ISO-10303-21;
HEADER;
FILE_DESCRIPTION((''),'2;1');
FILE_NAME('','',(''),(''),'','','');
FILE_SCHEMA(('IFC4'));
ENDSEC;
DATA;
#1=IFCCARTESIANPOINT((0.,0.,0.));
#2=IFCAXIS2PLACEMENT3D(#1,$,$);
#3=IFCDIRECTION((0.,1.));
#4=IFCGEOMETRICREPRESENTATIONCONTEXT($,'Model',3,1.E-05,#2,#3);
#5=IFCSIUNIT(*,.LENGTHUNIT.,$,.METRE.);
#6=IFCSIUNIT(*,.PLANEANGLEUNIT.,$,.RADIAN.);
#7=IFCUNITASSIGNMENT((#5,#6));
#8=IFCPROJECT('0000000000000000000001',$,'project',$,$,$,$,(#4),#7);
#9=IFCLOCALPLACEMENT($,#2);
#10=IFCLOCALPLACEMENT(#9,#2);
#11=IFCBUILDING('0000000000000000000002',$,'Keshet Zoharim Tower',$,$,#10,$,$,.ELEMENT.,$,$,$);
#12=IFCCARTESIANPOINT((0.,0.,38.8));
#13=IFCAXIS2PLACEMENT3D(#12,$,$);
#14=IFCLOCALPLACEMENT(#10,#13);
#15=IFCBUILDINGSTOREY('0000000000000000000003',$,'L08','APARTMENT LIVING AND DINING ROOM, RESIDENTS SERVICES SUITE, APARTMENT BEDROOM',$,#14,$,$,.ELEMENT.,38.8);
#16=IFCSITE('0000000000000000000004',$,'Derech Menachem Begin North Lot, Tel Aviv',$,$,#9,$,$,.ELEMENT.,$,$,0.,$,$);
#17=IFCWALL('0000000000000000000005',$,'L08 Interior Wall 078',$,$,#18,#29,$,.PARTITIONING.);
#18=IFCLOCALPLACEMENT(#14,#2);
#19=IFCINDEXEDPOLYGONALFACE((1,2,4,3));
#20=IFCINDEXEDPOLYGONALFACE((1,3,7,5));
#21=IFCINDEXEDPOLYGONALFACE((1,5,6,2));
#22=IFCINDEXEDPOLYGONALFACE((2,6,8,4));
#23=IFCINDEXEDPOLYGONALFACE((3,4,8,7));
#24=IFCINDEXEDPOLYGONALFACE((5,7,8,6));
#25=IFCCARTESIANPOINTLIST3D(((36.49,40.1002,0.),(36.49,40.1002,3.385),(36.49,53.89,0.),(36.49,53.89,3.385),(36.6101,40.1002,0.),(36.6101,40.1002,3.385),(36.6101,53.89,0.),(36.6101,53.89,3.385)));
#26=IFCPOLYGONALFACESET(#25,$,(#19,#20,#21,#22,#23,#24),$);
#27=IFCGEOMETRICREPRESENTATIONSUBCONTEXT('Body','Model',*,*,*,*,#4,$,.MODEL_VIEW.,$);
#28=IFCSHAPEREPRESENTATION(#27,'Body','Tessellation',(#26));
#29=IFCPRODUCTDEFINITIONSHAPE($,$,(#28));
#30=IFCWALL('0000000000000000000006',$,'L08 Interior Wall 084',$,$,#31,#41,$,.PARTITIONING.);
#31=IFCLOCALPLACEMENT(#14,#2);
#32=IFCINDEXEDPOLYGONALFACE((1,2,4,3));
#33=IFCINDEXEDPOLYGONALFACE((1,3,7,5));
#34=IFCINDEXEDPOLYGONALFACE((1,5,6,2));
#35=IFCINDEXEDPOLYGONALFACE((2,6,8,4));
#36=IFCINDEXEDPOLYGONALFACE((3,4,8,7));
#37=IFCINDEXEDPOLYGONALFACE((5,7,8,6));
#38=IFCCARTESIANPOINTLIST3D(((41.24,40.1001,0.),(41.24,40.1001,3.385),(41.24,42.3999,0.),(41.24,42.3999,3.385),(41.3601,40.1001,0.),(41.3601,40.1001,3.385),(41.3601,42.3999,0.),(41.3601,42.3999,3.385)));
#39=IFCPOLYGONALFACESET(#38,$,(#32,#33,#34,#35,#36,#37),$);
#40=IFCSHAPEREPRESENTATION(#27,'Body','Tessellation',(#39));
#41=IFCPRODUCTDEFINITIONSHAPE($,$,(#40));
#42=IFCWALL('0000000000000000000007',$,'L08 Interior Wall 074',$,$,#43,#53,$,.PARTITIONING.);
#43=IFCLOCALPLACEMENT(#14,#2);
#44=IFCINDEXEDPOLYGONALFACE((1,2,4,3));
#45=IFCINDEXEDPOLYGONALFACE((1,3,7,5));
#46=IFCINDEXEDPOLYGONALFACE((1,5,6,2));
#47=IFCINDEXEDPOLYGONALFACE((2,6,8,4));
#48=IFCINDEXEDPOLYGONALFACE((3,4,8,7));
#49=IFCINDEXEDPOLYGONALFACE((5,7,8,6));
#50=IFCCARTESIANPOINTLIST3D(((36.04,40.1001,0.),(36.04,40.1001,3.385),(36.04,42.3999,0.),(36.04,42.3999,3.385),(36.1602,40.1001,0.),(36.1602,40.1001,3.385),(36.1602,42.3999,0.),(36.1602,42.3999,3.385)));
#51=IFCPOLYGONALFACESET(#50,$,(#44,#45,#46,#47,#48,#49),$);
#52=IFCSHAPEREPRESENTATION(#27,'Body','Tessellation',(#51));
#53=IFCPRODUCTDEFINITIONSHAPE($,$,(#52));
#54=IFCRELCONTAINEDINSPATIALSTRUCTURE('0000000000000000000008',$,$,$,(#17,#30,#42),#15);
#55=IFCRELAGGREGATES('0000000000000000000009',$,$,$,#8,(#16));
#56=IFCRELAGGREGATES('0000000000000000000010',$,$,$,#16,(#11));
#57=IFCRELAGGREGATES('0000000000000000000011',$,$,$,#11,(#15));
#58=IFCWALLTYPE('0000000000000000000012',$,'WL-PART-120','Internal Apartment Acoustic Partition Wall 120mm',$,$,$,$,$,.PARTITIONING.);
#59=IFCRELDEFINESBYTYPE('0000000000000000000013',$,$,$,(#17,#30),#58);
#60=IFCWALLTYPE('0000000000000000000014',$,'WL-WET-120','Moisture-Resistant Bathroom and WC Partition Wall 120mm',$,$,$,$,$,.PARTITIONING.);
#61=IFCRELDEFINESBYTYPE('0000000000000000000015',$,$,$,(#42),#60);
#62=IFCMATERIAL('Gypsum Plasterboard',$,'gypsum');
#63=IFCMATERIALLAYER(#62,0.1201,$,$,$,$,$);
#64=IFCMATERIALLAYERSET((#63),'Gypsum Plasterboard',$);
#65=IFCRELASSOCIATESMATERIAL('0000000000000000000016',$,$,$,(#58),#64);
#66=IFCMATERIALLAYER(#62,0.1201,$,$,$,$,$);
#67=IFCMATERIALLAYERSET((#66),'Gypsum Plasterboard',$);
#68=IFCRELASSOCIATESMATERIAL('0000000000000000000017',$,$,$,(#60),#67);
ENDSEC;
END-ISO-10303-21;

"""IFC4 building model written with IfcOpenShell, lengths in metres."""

from ifc_helpers import new_model, si_unit, direction, frame, frame_2d, origin, place, context, subcontext, project, spatial, rectangle, extrude, material, layer, layer_set, type_object, element, save


model = new_model("IFC4")

# Units and contexts
model_context = context("Model", 3, precision=1e-05, world=origin(), true_north=direction((0.0, 1.0)))
body_context = subcontext(model_context, "Body", "Model", "MODEL_VIEW")
ifc_project = project(units=[si_unit("LENGTHUNIT", "METRE"), si_unit("PLANEANGLEUNIT", "RADIAN")], contexts=[model_context])

# Site, building, storey
site_placement = place(None, origin())
site = spatial("IfcSite", under=ifc_project, at=site_placement, Name="Derech Menachem Begin North Lot, Tel Aviv", CompositionType="ELEMENT", RefElevation=0.0)
building_placement = place(site_placement, origin())
building = spatial("IfcBuilding", under=site, at=building_placement, Name="Keshet Zoharim Tower", CompositionType="ELEMENT")
storey_placement = place(building_placement, frame((0.0, 0.0, 38.8)))
storey = spatial("IfcBuildingStorey", under=building, at=storey_placement, Name="L08", Description="APARTMENT LIVING AND DINING ROOM, RESIDENTS SERVICES SUITE, APARTMENT BEDROOM", CompositionType="ELEMENT", Elevation=38.8)

# Shared definitions
ifc_material_1 = material(Name="Gypsum Plasterboard", Category="gypsum")

# Walls
ifc_layer_1 = layer(ifc_material_1, 0.1201)
ifc_layer_set_1 = layer_set([ifc_layer_1], Name="Gypsum Plasterboard")
wall_type_1 = type_object("IfcWallType", Name="WL-PART-120", Description="Internal Apartment Acoustic Partition Wall 120mm", PredefinedType="PARTITIONING", material=ifc_layer_set_1)
wall_1_placement = place(storey_placement, frame((36.55, 40.1001, 0.0), z_axis=(0.0, 0.0, 1.0), x_axis=(0.0, 1.0, 0.0)))
element("IfcWall", 1, at=wall_1_placement, inside=storey, type_object=wall_type_1, Name="L08 Interior Wall 078", PredefinedType="PARTITIONING", context=body_context, shape_type="SweptSolid", body=[
    extrude(rectangle(XDim=13.7898, YDim=0.1201, at=frame_2d((6.895, 0.0))), origin(), (0.0, 0.0, 1.0), 3.385),
])
wall_2_placement = place(storey_placement, frame((41.3, 40.1001, 0.0), z_axis=(0.0, 0.0, 1.0), x_axis=(0.0, 1.0, 0.0)))
element("IfcWall", 2, at=wall_2_placement, inside=storey, type_object=wall_type_1, Name="L08 Interior Wall 084", PredefinedType="PARTITIONING", context=body_context, shape_type="SweptSolid", body=[
    extrude(rectangle(XDim=2.2998, YDim=0.1201, at=frame_2d((1.1499, 0.0))), origin(), (0.0, 0.0, 1.0), 3.385),
])
ifc_layer_2 = layer(ifc_material_1, 0.1201)
ifc_layer_set_2 = layer_set([ifc_layer_2], Name="Gypsum Plasterboard")
wall_type_2 = type_object("IfcWallType", Name="WL-WET-120", Description="Moisture-Resistant Bathroom and WC Partition Wall 120mm", PredefinedType="PARTITIONING", material=ifc_layer_set_2)
wall_3_placement = place(storey_placement, frame((36.1001, 40.1001, 0.0), z_axis=(0.0, 0.0, 1.0), x_axis=(0.0, 1.0, 0.0)))
element("IfcWall", 3, at=wall_3_placement, inside=storey, type_object=wall_type_2, Name="L08 Interior Wall 074", PredefinedType="PARTITIONING", context=body_context, shape_type="SweptSolid", body=[
    extrude(rectangle(XDim=2.2998, YDim=0.1201, at=frame_2d((1.1499, 0.0))), origin(), (0.0, 0.0, 1.0), 3.385),
])

save(model, "model.ifc")
